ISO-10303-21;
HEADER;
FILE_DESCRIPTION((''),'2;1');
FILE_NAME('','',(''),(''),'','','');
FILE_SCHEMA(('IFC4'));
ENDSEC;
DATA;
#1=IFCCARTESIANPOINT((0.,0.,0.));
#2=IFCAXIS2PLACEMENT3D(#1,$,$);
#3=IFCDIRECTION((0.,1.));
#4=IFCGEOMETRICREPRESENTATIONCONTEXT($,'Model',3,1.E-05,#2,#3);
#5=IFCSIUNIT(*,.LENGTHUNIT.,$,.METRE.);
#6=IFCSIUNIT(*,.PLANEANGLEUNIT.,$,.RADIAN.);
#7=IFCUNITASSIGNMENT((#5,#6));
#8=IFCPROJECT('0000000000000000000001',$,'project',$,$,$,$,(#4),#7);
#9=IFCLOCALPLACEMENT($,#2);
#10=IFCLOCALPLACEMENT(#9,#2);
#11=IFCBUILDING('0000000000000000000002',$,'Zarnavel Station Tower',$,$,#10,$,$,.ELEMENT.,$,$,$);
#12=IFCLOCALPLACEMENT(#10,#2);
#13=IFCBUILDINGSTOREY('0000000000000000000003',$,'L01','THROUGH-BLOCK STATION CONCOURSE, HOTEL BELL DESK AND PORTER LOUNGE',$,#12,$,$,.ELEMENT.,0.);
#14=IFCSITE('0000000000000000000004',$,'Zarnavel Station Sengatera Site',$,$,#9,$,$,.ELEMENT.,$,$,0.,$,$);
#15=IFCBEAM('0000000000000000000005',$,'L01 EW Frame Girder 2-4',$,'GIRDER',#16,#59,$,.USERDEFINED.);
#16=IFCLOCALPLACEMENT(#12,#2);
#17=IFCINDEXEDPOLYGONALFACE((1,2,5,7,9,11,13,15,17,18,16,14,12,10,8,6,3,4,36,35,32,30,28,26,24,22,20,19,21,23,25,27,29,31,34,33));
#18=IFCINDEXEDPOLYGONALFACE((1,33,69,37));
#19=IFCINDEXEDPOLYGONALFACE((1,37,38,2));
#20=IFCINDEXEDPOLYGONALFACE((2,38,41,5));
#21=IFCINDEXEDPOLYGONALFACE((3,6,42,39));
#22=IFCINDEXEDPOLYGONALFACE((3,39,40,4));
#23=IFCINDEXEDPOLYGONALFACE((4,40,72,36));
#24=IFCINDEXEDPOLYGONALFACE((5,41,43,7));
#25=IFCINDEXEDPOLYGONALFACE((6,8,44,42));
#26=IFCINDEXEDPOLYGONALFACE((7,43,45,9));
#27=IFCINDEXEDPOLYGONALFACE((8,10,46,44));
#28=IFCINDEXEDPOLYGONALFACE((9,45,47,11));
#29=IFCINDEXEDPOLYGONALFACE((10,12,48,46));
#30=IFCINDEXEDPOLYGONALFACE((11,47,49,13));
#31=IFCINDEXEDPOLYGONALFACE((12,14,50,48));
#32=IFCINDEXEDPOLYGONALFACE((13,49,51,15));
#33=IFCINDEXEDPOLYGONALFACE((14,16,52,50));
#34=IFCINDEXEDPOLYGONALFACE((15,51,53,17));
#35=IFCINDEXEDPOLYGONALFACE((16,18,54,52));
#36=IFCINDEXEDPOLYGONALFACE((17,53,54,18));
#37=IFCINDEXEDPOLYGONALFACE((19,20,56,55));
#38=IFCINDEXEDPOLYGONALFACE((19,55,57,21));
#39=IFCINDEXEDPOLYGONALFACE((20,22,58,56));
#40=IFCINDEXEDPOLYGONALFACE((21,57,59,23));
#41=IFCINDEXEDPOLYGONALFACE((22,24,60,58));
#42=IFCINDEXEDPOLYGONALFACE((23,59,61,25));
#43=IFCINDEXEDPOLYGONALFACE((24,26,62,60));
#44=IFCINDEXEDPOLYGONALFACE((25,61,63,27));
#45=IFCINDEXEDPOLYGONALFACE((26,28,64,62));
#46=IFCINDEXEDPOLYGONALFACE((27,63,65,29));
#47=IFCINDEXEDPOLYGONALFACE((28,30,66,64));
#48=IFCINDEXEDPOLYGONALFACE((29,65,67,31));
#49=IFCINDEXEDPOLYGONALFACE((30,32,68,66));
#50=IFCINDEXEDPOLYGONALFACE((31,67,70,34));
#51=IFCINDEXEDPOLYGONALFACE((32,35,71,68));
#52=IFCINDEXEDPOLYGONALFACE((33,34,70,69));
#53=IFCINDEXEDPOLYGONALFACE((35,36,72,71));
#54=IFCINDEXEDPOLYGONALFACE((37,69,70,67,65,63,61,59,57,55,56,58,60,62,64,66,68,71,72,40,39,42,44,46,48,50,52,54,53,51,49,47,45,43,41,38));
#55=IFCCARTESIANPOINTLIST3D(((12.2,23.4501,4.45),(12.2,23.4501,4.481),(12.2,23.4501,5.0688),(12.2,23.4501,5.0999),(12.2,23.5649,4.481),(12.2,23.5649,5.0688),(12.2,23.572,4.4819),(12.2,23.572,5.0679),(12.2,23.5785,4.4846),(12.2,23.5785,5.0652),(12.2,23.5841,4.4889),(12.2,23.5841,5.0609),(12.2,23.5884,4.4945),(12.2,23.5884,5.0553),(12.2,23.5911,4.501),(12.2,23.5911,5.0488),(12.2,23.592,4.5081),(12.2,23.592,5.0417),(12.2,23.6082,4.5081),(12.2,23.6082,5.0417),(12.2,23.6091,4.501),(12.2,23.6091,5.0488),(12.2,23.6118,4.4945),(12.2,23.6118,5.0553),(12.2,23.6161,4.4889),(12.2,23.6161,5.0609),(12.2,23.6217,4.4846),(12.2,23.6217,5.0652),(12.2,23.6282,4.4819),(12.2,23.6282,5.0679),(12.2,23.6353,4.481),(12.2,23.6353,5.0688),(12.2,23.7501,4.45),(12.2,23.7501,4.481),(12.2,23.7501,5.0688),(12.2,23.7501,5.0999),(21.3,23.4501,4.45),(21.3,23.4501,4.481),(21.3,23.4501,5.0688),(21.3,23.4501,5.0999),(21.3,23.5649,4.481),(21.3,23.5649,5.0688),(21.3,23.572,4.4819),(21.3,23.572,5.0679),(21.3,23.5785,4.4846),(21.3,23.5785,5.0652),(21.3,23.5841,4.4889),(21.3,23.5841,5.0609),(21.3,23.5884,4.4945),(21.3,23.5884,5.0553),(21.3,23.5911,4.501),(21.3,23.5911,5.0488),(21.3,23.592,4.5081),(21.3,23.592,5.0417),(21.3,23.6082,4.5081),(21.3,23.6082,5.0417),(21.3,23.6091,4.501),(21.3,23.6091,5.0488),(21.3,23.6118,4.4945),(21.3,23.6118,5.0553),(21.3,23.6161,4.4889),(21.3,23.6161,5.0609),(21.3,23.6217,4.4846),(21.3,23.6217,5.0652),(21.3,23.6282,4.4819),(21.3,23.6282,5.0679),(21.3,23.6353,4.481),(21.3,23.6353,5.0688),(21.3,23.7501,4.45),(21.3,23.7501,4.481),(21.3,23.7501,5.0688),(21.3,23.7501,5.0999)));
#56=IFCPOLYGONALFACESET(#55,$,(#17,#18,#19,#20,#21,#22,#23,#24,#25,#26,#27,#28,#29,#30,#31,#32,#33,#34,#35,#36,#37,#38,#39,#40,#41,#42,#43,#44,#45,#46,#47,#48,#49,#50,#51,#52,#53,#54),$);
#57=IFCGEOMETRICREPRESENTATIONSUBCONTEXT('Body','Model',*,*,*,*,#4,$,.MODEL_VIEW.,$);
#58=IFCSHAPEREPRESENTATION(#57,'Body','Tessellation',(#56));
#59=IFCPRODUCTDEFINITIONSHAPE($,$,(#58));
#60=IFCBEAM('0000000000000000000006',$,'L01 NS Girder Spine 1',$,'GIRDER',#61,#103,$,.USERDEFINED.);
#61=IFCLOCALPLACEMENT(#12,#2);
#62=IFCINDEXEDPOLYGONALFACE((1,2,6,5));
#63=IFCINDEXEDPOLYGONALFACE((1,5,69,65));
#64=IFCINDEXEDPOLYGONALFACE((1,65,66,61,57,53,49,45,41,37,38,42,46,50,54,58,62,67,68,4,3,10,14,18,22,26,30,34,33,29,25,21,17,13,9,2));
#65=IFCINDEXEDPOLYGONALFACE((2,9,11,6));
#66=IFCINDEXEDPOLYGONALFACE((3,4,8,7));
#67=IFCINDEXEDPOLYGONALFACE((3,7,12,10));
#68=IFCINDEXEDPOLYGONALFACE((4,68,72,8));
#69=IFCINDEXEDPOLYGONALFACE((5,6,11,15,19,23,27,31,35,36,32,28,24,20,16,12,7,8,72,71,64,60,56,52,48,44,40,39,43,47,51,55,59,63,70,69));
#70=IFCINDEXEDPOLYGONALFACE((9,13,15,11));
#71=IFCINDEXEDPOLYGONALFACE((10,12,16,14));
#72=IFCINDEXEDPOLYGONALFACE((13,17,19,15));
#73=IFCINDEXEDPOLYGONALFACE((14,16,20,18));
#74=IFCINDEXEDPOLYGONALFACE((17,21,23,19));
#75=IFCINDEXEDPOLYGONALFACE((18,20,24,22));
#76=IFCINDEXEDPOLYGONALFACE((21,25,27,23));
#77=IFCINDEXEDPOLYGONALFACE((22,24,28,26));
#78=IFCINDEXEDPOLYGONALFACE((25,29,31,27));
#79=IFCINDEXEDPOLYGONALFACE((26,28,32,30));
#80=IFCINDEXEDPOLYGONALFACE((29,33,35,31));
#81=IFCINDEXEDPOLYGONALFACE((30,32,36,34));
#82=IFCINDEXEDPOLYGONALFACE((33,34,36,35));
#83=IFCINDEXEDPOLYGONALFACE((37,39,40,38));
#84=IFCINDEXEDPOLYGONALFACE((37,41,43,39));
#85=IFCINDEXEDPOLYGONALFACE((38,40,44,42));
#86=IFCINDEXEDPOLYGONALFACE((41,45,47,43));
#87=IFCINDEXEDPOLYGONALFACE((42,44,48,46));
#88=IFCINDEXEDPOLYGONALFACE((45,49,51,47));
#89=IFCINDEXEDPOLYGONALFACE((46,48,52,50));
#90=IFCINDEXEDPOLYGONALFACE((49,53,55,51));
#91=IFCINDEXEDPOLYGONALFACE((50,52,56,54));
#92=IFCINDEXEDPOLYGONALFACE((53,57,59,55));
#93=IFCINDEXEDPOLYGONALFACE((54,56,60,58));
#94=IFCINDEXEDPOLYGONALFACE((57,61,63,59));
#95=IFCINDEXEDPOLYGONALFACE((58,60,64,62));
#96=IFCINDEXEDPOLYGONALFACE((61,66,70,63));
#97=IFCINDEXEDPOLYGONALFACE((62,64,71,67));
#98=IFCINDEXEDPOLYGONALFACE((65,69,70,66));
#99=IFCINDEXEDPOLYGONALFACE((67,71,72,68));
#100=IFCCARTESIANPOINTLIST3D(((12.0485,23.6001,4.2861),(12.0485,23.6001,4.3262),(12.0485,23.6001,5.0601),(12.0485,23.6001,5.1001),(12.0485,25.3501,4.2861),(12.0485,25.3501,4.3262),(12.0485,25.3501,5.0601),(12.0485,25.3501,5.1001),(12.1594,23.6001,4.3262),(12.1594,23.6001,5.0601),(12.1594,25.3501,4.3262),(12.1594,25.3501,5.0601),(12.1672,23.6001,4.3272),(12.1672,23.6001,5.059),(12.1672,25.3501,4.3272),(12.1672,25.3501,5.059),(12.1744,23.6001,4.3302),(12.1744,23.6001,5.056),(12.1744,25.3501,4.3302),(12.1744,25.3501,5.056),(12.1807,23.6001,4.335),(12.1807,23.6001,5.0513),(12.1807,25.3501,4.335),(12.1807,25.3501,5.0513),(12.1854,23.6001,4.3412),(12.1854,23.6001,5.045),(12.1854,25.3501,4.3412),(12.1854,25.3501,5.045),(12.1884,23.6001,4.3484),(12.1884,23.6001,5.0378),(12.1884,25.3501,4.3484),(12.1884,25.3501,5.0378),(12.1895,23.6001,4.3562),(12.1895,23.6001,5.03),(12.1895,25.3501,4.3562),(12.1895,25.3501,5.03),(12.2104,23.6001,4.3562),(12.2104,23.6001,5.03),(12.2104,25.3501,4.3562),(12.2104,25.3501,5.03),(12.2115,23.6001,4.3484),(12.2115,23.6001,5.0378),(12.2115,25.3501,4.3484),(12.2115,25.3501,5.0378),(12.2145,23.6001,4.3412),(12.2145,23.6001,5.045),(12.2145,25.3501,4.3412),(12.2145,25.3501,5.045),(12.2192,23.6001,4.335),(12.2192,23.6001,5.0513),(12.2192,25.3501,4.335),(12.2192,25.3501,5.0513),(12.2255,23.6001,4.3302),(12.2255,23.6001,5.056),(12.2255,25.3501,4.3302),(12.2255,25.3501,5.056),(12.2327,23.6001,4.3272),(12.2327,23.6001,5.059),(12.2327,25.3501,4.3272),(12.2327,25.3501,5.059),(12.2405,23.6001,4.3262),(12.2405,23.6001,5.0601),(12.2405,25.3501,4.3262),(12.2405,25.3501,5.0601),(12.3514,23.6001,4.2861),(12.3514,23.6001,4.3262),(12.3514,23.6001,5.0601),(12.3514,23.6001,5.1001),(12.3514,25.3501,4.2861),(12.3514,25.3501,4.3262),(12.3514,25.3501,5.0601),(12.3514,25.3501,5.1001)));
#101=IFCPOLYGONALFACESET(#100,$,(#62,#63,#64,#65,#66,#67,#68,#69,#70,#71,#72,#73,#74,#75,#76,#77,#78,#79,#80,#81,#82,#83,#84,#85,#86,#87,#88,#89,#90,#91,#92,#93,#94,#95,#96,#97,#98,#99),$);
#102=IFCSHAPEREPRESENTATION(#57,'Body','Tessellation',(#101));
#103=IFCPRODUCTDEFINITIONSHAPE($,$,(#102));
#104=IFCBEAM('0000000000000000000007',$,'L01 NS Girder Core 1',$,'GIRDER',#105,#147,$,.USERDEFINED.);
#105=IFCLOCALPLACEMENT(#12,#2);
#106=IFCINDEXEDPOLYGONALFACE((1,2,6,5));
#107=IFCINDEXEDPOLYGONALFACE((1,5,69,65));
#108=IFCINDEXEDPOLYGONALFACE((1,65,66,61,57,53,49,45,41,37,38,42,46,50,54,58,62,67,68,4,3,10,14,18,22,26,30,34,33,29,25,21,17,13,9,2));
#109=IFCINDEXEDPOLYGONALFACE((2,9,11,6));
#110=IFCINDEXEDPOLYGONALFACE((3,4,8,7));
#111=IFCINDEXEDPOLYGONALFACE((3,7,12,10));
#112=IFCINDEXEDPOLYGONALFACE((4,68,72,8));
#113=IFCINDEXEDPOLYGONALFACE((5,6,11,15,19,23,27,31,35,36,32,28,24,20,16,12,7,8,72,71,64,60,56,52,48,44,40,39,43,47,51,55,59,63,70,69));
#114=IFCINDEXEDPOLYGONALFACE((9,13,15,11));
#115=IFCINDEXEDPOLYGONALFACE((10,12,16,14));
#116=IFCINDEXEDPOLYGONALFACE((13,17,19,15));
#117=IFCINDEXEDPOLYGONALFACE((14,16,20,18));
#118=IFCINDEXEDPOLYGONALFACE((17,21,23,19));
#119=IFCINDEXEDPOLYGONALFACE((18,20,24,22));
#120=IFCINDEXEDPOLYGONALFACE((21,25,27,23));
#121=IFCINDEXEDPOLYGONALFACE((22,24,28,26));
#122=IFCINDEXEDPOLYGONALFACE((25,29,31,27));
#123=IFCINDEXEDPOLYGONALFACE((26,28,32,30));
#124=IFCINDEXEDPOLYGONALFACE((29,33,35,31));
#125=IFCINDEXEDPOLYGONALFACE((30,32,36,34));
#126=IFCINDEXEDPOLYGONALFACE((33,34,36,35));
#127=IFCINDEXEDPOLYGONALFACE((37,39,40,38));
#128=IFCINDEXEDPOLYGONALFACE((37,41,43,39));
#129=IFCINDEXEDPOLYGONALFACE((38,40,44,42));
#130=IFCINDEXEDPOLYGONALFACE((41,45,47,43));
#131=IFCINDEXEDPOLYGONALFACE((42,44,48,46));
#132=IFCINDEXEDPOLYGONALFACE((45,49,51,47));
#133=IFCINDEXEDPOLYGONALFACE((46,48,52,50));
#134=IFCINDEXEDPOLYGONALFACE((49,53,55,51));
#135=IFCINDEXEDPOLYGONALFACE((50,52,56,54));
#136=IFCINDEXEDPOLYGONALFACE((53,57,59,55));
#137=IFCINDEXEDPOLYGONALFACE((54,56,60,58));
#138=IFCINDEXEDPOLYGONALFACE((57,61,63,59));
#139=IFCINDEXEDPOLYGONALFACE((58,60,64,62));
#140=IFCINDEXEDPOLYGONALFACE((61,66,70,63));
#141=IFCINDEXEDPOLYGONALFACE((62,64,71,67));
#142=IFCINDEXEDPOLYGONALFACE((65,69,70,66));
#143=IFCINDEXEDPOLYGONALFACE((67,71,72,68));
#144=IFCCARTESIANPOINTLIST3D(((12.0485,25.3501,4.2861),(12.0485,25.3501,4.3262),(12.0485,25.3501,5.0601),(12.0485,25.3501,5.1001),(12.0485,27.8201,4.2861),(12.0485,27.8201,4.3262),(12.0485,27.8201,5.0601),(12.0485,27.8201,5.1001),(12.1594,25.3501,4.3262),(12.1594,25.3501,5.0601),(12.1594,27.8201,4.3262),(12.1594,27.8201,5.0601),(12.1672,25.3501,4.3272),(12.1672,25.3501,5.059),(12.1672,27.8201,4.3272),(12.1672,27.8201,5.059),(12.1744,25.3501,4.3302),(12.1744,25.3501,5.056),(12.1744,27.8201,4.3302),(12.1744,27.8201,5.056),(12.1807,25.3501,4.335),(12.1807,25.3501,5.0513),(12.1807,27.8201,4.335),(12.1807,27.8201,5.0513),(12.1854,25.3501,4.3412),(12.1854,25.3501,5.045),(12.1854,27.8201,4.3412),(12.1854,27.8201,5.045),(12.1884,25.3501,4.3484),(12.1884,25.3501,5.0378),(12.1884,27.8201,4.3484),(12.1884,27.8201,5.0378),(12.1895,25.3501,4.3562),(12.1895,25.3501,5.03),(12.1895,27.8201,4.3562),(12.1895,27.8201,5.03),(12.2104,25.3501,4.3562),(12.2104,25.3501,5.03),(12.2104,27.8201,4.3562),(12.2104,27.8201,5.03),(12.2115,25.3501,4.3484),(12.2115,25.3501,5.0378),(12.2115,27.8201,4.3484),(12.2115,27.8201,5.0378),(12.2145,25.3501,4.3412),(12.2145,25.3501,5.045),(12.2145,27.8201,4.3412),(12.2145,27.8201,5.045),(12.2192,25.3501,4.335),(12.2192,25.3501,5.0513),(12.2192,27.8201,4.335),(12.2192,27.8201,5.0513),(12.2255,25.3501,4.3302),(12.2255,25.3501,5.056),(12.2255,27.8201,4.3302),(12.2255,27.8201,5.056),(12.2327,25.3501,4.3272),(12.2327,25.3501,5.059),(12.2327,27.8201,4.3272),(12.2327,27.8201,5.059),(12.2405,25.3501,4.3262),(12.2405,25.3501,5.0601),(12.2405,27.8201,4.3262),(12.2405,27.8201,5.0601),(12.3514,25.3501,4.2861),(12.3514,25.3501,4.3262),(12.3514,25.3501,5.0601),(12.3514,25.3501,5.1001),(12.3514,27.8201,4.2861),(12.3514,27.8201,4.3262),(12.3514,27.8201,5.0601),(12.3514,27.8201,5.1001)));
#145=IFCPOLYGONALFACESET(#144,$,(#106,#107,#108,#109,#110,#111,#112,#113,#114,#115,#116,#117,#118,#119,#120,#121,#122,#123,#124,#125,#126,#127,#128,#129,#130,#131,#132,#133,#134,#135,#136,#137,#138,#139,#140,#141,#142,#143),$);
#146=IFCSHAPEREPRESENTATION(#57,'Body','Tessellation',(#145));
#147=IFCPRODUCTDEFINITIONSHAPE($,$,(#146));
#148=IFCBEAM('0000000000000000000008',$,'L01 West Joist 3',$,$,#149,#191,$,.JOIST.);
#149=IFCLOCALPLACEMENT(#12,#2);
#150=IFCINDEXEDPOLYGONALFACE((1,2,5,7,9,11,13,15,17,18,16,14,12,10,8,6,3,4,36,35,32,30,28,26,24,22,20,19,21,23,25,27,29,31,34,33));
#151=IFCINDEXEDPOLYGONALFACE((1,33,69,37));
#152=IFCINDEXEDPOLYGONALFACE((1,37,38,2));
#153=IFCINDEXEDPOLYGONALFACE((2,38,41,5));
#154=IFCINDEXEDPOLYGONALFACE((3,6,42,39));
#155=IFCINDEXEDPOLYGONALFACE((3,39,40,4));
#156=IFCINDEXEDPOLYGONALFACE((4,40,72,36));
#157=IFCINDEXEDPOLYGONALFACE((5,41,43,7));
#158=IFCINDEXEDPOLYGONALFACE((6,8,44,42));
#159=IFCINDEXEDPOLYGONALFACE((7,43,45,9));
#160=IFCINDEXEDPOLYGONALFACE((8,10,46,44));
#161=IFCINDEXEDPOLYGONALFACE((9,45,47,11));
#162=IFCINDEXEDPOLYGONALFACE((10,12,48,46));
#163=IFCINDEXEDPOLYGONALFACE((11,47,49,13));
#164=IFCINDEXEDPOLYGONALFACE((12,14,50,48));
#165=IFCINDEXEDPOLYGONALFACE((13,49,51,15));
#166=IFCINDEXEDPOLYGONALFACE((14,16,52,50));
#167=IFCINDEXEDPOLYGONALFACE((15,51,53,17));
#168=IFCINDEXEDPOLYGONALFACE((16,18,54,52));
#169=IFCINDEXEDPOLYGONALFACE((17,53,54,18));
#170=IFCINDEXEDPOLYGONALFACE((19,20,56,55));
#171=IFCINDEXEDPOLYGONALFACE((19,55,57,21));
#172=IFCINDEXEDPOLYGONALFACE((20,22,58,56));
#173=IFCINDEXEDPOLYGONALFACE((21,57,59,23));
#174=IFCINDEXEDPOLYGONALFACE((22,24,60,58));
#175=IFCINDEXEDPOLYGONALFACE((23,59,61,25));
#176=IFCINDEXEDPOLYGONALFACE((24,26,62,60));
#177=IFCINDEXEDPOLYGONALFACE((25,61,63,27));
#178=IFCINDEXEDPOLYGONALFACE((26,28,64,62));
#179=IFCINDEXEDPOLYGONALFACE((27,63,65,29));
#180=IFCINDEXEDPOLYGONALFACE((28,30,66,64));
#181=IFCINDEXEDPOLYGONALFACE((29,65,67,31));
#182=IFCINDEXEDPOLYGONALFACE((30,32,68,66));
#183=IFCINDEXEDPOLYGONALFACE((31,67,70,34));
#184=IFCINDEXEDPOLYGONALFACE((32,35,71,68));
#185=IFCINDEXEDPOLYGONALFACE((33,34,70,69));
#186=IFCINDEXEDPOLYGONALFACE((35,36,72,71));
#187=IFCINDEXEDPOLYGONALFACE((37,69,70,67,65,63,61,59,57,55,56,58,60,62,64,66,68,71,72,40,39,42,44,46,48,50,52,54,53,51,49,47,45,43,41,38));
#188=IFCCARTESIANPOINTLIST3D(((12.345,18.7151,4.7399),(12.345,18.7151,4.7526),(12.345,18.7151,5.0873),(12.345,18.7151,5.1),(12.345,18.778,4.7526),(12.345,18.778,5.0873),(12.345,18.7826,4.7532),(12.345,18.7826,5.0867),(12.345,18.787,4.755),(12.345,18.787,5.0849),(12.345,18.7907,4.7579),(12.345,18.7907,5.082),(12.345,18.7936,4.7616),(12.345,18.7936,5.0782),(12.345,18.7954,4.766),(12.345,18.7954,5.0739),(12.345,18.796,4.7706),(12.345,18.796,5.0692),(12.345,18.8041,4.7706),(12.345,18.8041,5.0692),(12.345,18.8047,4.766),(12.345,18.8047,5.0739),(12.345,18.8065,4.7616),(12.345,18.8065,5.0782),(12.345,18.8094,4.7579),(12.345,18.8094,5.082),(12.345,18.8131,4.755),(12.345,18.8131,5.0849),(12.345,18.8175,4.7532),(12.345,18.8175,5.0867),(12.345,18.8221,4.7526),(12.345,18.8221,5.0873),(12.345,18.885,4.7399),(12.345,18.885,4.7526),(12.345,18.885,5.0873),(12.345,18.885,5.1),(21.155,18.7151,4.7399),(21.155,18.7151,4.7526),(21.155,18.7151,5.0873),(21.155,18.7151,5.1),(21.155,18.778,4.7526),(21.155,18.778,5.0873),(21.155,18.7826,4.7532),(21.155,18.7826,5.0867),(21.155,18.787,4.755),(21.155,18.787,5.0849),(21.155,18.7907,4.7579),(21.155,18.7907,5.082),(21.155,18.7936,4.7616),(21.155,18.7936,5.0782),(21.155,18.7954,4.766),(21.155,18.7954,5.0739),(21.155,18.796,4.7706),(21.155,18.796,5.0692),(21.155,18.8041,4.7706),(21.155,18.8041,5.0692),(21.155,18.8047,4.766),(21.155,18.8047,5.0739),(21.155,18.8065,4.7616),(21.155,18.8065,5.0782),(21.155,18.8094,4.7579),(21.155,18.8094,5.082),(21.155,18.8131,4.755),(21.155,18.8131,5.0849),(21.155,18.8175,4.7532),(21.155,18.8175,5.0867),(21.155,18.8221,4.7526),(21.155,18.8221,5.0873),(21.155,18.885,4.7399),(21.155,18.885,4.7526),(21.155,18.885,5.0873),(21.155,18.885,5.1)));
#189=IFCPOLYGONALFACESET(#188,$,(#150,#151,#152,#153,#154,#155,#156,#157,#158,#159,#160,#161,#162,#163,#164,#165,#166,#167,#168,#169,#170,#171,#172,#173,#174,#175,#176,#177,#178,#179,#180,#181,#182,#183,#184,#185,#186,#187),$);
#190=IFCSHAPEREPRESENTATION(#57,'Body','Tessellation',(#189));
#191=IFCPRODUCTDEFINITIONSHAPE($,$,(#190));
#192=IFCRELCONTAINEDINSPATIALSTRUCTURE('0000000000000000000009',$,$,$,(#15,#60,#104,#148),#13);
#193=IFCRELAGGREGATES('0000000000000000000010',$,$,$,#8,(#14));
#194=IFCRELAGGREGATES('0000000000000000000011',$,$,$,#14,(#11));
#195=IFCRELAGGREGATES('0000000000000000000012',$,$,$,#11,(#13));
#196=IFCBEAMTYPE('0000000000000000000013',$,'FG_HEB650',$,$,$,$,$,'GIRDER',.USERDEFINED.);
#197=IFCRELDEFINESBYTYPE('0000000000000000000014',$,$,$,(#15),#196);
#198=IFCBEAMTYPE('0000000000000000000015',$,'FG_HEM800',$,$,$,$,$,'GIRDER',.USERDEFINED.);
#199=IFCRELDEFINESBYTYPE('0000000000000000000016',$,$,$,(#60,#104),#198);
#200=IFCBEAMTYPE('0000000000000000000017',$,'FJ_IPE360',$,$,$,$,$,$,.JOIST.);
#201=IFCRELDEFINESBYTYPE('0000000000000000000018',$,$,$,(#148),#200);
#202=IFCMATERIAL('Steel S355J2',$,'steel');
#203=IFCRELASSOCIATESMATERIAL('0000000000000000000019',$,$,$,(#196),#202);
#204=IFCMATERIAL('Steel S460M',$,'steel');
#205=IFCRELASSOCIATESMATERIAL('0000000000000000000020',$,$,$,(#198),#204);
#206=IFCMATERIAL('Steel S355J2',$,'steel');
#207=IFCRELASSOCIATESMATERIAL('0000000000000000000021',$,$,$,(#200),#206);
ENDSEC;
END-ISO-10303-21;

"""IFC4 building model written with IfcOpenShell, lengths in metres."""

from ifc_helpers import new_model, si_unit, direction, frame, origin, origin_2d, place, context, subcontext, project, spatial, i_section, extrude, material, material_profile, profile_set, type_object, element, save


model = new_model("IFC4")

# Units and contexts
model_context = context("Model", 3, precision=1e-05, world=origin(), true_north=direction((0.0, 1.0)))
body_context = subcontext(model_context, "Body", "Model", "MODEL_VIEW")
ifc_project = project(units=[si_unit("LENGTHUNIT", "METRE"), si_unit("PLANEANGLEUNIT", "RADIAN")], contexts=[model_context])

# Site, building, storey
site_placement = place(None, origin())
site = spatial("IfcSite", under=ifc_project, at=site_placement, Name="Zarnavel Station Sengatera Site", CompositionType="ELEMENT", RefElevation=0.0)
building_placement = place(site_placement, origin())
building = spatial("IfcBuilding", under=site, at=building_placement, Name="Zarnavel Station Tower", CompositionType="ELEMENT")
storey_placement = place(building_placement, origin())
storey = spatial("IfcBuildingStorey", under=building, at=storey_placement, Name="L01", Description="THROUGH-BLOCK STATION CONCOURSE, HOTEL BELL DESK AND PORTER LOUNGE", CompositionType="ELEMENT", Elevation=0.0)

# Beams
ifc_material_1 = material(Name="Steel S355J2", Category="steel")
ifc_material_profile_1 = material_profile(ifc_material_1, i_section(OverallWidth=0.3, OverallDepth=0.6499, WebThickness=0.0161, FlangeThickness=0.031, FilletRadius=0.0271, at=origin_2d()), Name="HEB650")
ifc_profile_set_1 = profile_set([ifc_material_profile_1], Name="Steel S355J2")
beam_type_1 = type_object("IfcBeamType", Name="FG_HEB650", ElementType="GIRDER", PredefinedType="USERDEFINED", material=ifc_profile_set_1)
beam_1_placement = place(storey_placement, frame((12.2, 23.6001, 4.7749), z_axis=(1.0, 0.0, 0.0), x_axis=(0.0, 1.0, 0.0)))
element("IfcBeam", 1, at=beam_1_placement, inside=storey, type_object=beam_type_1, Name="L01 EW Frame Girder 2-4", ObjectType="GIRDER", PredefinedType="USERDEFINED", context=body_context, shape_type="SweptSolid", body=[
    extrude(i_section(OverallWidth=0.3, OverallDepth=0.6499, WebThickness=0.0161, FlangeThickness=0.031, FilletRadius=0.0271, at=origin_2d()), origin(), (0.0, 0.0, 1.0), 9.1001),
])
ifc_material_2 = material(Name="Steel S460M", Category="steel")
ifc_material_profile_2 = material_profile(ifc_material_2, i_section(OverallWidth=0.303, OverallDepth=0.814, WebThickness=0.021, FlangeThickness=0.04, FilletRadius=0.03, at=origin_2d()), Name="HEM800")
ifc_profile_set_2 = profile_set([ifc_material_profile_2], Name="Steel S460M")
beam_type_2 = type_object("IfcBeamType", Name="FG_HEM800", ElementType="GIRDER", PredefinedType="USERDEFINED", material=ifc_profile_set_2)
beam_2_placement = place(storey_placement, frame((12.2, 23.6001, 4.6931), z_axis=(0.0, 1.0, 0.0), x_axis=(-1.0, 0.0, 0.0)))
element("IfcBeam", 2, at=beam_2_placement, inside=storey, type_object=beam_type_2, Name="L01 NS Girder Spine 1", ObjectType="GIRDER", PredefinedType="USERDEFINED", context=body_context, shape_type="SweptSolid", body=[
    extrude(i_section(OverallWidth=0.303, OverallDepth=0.814, WebThickness=0.021, FlangeThickness=0.04, FilletRadius=0.03, at=origin_2d()), origin(), (0.0, 0.0, 1.0), 1.75),
])
beam_3_placement = place(storey_placement, frame((12.2, 25.3501, 4.6931), z_axis=(0.0, 1.0, 0.0), x_axis=(-1.0, 0.0, 0.0)))
element("IfcBeam", 3, at=beam_3_placement, inside=storey, type_object=beam_type_2, Name="L01 NS Girder Core 1", ObjectType="GIRDER", PredefinedType="USERDEFINED", context=body_context, shape_type="SweptSolid", body=[
    extrude(i_section(OverallWidth=0.303, OverallDepth=0.814, WebThickness=0.021, FlangeThickness=0.04, FilletRadius=0.03, at=origin_2d()), origin(), (0.0, 0.0, 1.0), 2.47),
])
ifc_material_3 = material(Name="Steel S355J2", Category="steel")
ifc_material_profile_3 = material_profile(ifc_material_3, i_section(OverallWidth=0.1699, OverallDepth=0.3601, WebThickness=0.0081, FlangeThickness=0.0127, FilletRadius=0.0181, at=origin_2d()), Name="IPE360")
ifc_profile_set_3 = profile_set([ifc_material_profile_3], Name="Steel S355J2")
beam_type_3 = type_object("IfcBeamType", Name="FJ_IPE360", PredefinedType="JOIST", material=ifc_profile_set_3)
beam_4_placement = place(storey_placement, frame((12.345, 18.8, 4.9199), z_axis=(1.0, 0.0, 0.0), x_axis=(0.0, 1.0, 0.0)))
element("IfcBeam", 4, at=beam_4_placement, inside=storey, type_object=beam_type_3, Name="L01 West Joist 3", PredefinedType="JOIST", context=body_context, shape_type="SweptSolid", body=[
    extrude(i_section(OverallWidth=0.1699, OverallDepth=0.3601, WebThickness=0.0081, FlangeThickness=0.0127, FilletRadius=0.0181, at=origin_2d()), origin(), (0.0, 0.0, 1.0), 8.8101),
])

save(model, "model.ifc")
